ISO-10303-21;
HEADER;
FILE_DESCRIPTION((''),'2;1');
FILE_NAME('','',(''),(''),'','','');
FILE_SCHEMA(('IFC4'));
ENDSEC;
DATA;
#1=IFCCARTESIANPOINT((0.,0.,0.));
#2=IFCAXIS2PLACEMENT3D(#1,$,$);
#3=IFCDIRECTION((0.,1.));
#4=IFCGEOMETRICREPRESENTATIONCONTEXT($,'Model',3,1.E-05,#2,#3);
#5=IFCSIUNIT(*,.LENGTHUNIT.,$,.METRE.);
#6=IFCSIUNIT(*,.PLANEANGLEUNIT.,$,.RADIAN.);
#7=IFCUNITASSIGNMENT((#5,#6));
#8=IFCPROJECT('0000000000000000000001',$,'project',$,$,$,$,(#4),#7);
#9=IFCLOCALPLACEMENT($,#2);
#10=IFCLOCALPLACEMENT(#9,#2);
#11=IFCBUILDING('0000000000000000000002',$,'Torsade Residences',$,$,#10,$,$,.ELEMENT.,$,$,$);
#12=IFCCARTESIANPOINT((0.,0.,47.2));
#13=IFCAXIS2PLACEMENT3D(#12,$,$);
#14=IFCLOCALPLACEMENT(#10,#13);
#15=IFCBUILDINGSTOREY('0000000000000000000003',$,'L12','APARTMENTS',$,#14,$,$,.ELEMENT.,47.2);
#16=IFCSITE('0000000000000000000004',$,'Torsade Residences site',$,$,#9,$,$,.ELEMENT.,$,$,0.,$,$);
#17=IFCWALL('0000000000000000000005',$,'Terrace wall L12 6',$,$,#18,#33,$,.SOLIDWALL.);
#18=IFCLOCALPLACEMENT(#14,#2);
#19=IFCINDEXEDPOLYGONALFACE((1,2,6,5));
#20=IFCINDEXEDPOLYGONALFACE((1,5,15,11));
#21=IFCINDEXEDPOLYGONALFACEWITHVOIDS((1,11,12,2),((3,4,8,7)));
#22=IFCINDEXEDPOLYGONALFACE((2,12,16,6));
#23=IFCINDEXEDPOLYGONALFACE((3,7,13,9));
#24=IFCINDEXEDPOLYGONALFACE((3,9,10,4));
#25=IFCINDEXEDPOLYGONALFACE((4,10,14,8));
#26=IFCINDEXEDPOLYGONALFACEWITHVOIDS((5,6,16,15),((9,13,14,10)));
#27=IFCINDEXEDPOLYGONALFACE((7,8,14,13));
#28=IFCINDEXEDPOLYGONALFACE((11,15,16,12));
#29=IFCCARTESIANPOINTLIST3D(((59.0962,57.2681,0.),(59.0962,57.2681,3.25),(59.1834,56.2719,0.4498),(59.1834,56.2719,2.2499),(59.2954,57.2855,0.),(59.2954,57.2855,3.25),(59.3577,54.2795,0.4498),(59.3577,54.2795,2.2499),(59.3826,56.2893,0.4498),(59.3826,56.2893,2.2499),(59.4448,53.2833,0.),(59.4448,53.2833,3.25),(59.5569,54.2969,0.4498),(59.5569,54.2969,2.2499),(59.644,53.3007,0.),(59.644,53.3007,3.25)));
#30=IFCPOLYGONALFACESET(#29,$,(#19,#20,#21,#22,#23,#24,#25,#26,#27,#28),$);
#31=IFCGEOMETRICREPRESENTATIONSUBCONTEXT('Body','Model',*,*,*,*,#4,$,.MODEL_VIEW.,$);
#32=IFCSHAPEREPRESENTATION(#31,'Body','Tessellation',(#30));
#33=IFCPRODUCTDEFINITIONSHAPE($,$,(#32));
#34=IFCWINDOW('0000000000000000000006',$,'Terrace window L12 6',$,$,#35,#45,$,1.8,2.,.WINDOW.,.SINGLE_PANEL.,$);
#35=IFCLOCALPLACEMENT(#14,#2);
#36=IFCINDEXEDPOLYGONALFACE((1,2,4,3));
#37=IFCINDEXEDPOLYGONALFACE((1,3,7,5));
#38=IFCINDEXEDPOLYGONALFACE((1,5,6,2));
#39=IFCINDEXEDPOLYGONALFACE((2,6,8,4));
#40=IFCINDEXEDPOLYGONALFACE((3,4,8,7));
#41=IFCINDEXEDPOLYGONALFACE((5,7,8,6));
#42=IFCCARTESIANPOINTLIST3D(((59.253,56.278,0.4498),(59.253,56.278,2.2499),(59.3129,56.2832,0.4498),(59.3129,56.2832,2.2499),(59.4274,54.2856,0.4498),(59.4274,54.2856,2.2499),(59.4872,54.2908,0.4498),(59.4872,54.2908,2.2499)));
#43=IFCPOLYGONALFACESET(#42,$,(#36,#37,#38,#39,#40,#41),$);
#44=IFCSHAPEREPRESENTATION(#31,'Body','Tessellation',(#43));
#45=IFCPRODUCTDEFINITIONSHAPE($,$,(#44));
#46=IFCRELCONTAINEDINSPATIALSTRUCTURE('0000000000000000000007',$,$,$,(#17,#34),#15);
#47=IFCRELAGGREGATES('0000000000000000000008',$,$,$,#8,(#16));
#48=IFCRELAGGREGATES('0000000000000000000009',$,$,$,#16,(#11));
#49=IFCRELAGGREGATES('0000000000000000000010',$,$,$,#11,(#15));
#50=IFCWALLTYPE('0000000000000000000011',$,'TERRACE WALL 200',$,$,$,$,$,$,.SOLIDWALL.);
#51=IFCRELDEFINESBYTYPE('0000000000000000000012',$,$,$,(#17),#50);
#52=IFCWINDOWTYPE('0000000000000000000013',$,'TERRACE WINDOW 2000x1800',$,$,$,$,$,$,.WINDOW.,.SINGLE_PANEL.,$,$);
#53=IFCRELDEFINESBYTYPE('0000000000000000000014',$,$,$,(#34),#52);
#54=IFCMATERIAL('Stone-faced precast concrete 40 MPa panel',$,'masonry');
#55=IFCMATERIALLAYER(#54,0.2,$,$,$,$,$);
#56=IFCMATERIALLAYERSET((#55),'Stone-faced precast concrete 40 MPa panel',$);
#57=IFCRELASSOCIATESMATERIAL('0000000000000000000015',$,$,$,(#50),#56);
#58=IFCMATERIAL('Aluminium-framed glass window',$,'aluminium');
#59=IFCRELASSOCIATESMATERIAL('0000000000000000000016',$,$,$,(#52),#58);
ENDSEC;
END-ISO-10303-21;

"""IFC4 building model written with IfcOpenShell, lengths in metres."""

from ifc_helpers import new_model, si_unit, direction, frame, frame_2d, origin, place, context, subcontext, project, spatial, rectangle, extrude, material, layer, layer_set, type_object, element, fill, save


model = new_model("IFC4")

# Units and contexts
model_context = context("Model", 3, precision=1e-05, world=origin(), true_north=direction((0.0, 1.0)))
body_context = subcontext(model_context, "Body", "Model", "MODEL_VIEW")
ifc_project = project(units=[si_unit("LENGTHUNIT", "METRE"), si_unit("PLANEANGLEUNIT", "RADIAN")], contexts=[model_context])

# Site, building, storey
site_placement = place(None, origin())
site = spatial("IfcSite", under=ifc_project, at=site_placement, Name="Torsade Residences site", CompositionType="ELEMENT", RefElevation=0.0)
building_placement = place(site_placement, origin())
building = spatial("IfcBuilding", under=site, at=building_placement, Name="Torsade Residences", CompositionType="ELEMENT")
storey_placement = place(building_placement, frame((0.0, 0.0, 47.2)))
storey = spatial("IfcBuildingStorey", under=building, at=storey_placement, Name="L12", Description="APARTMENTS", CompositionType="ELEMENT", Elevation=47.2)

# Wall, opening, window
ifc_material_1 = material(Name="Stone-faced precast concrete 40 MPa panel", Category="masonry")
ifc_layer_1 = layer(ifc_material_1, 0.2)
ifc_layer_set_1 = layer_set([ifc_layer_1], Name="Stone-faced precast concrete 40 MPa panel")
wall_type_1 = type_object("IfcWallType", Name="TERRACE WALL 200", PredefinedType="SOLIDWALL", material=ifc_layer_set_1)
wall_1_placement = place(storey_placement, frame((59.5444, 53.292, 0.0), z_axis=(0.0, 0.0, 1.0), x_axis=(-0.087156, 0.996195, 0.0)))
wall_1 = element("IfcWall", 1, at=wall_1_placement, inside=storey, type_object=wall_type_1, Name="Terrace wall L12 6", PredefinedType="SOLIDWALL", context=body_context, shape_type="SweptSolid", body=[
    extrude(rectangle(XDim=4.0, YDim=0.2, at=frame_2d((2.0, 0.0))), origin(), (0.0, 0.0, 1.0), 3.25),
])
opening_1_placement = place(wall_1_placement, frame((1.0, 0.0, 0.45)))
opening_1 = element("IfcOpeningElement", 2, at=opening_1_placement, cuts=wall_1, PredefinedType="OPENING", context=body_context, shape_type="SweptSolid", body=[
    extrude(rectangle(XDim=2.0, YDim=1.8, at=frame_2d((1.0, 0.8999))), frame((0.0, 0.1099, 0.0), z_axis=(0.0, -1.0, 0.0), x_axis=(1.0, 0.0, 0.0)), (0.0, 0.0, 1.0), 0.22),
])
ifc_material_2 = material(Name="Aluminium-framed glass window", Category="aluminium")
window_type = type_object("IfcWindowType", Name="TERRACE WINDOW 2000x1800", PartitioningType="SINGLE_PANEL", PredefinedType="WINDOW", material=ifc_material_2)
window_placement = place(opening_1_placement, origin())
window = element("IfcWindow", 3, at=window_placement, inside=storey, type_object=window_type, Name="Terrace window L12 6", OverallHeight=1.8, OverallWidth=2.0, PartitioningType="SINGLE_PANEL", PredefinedType="WINDOW", context=body_context, shape_type="SweptSolid", body=[
    extrude(rectangle(XDim=2.0, YDim=1.8, at=frame_2d((1.0, 0.8999))), frame((0.0, 0.03, 0.0), z_axis=(0.0, -1.0, 0.0), x_axis=(1.0, 0.0, 0.0)), (0.0, 0.0, 1.0), 0.0601),
])
fill(opening_1, window)

save(model, "model.ifc")
